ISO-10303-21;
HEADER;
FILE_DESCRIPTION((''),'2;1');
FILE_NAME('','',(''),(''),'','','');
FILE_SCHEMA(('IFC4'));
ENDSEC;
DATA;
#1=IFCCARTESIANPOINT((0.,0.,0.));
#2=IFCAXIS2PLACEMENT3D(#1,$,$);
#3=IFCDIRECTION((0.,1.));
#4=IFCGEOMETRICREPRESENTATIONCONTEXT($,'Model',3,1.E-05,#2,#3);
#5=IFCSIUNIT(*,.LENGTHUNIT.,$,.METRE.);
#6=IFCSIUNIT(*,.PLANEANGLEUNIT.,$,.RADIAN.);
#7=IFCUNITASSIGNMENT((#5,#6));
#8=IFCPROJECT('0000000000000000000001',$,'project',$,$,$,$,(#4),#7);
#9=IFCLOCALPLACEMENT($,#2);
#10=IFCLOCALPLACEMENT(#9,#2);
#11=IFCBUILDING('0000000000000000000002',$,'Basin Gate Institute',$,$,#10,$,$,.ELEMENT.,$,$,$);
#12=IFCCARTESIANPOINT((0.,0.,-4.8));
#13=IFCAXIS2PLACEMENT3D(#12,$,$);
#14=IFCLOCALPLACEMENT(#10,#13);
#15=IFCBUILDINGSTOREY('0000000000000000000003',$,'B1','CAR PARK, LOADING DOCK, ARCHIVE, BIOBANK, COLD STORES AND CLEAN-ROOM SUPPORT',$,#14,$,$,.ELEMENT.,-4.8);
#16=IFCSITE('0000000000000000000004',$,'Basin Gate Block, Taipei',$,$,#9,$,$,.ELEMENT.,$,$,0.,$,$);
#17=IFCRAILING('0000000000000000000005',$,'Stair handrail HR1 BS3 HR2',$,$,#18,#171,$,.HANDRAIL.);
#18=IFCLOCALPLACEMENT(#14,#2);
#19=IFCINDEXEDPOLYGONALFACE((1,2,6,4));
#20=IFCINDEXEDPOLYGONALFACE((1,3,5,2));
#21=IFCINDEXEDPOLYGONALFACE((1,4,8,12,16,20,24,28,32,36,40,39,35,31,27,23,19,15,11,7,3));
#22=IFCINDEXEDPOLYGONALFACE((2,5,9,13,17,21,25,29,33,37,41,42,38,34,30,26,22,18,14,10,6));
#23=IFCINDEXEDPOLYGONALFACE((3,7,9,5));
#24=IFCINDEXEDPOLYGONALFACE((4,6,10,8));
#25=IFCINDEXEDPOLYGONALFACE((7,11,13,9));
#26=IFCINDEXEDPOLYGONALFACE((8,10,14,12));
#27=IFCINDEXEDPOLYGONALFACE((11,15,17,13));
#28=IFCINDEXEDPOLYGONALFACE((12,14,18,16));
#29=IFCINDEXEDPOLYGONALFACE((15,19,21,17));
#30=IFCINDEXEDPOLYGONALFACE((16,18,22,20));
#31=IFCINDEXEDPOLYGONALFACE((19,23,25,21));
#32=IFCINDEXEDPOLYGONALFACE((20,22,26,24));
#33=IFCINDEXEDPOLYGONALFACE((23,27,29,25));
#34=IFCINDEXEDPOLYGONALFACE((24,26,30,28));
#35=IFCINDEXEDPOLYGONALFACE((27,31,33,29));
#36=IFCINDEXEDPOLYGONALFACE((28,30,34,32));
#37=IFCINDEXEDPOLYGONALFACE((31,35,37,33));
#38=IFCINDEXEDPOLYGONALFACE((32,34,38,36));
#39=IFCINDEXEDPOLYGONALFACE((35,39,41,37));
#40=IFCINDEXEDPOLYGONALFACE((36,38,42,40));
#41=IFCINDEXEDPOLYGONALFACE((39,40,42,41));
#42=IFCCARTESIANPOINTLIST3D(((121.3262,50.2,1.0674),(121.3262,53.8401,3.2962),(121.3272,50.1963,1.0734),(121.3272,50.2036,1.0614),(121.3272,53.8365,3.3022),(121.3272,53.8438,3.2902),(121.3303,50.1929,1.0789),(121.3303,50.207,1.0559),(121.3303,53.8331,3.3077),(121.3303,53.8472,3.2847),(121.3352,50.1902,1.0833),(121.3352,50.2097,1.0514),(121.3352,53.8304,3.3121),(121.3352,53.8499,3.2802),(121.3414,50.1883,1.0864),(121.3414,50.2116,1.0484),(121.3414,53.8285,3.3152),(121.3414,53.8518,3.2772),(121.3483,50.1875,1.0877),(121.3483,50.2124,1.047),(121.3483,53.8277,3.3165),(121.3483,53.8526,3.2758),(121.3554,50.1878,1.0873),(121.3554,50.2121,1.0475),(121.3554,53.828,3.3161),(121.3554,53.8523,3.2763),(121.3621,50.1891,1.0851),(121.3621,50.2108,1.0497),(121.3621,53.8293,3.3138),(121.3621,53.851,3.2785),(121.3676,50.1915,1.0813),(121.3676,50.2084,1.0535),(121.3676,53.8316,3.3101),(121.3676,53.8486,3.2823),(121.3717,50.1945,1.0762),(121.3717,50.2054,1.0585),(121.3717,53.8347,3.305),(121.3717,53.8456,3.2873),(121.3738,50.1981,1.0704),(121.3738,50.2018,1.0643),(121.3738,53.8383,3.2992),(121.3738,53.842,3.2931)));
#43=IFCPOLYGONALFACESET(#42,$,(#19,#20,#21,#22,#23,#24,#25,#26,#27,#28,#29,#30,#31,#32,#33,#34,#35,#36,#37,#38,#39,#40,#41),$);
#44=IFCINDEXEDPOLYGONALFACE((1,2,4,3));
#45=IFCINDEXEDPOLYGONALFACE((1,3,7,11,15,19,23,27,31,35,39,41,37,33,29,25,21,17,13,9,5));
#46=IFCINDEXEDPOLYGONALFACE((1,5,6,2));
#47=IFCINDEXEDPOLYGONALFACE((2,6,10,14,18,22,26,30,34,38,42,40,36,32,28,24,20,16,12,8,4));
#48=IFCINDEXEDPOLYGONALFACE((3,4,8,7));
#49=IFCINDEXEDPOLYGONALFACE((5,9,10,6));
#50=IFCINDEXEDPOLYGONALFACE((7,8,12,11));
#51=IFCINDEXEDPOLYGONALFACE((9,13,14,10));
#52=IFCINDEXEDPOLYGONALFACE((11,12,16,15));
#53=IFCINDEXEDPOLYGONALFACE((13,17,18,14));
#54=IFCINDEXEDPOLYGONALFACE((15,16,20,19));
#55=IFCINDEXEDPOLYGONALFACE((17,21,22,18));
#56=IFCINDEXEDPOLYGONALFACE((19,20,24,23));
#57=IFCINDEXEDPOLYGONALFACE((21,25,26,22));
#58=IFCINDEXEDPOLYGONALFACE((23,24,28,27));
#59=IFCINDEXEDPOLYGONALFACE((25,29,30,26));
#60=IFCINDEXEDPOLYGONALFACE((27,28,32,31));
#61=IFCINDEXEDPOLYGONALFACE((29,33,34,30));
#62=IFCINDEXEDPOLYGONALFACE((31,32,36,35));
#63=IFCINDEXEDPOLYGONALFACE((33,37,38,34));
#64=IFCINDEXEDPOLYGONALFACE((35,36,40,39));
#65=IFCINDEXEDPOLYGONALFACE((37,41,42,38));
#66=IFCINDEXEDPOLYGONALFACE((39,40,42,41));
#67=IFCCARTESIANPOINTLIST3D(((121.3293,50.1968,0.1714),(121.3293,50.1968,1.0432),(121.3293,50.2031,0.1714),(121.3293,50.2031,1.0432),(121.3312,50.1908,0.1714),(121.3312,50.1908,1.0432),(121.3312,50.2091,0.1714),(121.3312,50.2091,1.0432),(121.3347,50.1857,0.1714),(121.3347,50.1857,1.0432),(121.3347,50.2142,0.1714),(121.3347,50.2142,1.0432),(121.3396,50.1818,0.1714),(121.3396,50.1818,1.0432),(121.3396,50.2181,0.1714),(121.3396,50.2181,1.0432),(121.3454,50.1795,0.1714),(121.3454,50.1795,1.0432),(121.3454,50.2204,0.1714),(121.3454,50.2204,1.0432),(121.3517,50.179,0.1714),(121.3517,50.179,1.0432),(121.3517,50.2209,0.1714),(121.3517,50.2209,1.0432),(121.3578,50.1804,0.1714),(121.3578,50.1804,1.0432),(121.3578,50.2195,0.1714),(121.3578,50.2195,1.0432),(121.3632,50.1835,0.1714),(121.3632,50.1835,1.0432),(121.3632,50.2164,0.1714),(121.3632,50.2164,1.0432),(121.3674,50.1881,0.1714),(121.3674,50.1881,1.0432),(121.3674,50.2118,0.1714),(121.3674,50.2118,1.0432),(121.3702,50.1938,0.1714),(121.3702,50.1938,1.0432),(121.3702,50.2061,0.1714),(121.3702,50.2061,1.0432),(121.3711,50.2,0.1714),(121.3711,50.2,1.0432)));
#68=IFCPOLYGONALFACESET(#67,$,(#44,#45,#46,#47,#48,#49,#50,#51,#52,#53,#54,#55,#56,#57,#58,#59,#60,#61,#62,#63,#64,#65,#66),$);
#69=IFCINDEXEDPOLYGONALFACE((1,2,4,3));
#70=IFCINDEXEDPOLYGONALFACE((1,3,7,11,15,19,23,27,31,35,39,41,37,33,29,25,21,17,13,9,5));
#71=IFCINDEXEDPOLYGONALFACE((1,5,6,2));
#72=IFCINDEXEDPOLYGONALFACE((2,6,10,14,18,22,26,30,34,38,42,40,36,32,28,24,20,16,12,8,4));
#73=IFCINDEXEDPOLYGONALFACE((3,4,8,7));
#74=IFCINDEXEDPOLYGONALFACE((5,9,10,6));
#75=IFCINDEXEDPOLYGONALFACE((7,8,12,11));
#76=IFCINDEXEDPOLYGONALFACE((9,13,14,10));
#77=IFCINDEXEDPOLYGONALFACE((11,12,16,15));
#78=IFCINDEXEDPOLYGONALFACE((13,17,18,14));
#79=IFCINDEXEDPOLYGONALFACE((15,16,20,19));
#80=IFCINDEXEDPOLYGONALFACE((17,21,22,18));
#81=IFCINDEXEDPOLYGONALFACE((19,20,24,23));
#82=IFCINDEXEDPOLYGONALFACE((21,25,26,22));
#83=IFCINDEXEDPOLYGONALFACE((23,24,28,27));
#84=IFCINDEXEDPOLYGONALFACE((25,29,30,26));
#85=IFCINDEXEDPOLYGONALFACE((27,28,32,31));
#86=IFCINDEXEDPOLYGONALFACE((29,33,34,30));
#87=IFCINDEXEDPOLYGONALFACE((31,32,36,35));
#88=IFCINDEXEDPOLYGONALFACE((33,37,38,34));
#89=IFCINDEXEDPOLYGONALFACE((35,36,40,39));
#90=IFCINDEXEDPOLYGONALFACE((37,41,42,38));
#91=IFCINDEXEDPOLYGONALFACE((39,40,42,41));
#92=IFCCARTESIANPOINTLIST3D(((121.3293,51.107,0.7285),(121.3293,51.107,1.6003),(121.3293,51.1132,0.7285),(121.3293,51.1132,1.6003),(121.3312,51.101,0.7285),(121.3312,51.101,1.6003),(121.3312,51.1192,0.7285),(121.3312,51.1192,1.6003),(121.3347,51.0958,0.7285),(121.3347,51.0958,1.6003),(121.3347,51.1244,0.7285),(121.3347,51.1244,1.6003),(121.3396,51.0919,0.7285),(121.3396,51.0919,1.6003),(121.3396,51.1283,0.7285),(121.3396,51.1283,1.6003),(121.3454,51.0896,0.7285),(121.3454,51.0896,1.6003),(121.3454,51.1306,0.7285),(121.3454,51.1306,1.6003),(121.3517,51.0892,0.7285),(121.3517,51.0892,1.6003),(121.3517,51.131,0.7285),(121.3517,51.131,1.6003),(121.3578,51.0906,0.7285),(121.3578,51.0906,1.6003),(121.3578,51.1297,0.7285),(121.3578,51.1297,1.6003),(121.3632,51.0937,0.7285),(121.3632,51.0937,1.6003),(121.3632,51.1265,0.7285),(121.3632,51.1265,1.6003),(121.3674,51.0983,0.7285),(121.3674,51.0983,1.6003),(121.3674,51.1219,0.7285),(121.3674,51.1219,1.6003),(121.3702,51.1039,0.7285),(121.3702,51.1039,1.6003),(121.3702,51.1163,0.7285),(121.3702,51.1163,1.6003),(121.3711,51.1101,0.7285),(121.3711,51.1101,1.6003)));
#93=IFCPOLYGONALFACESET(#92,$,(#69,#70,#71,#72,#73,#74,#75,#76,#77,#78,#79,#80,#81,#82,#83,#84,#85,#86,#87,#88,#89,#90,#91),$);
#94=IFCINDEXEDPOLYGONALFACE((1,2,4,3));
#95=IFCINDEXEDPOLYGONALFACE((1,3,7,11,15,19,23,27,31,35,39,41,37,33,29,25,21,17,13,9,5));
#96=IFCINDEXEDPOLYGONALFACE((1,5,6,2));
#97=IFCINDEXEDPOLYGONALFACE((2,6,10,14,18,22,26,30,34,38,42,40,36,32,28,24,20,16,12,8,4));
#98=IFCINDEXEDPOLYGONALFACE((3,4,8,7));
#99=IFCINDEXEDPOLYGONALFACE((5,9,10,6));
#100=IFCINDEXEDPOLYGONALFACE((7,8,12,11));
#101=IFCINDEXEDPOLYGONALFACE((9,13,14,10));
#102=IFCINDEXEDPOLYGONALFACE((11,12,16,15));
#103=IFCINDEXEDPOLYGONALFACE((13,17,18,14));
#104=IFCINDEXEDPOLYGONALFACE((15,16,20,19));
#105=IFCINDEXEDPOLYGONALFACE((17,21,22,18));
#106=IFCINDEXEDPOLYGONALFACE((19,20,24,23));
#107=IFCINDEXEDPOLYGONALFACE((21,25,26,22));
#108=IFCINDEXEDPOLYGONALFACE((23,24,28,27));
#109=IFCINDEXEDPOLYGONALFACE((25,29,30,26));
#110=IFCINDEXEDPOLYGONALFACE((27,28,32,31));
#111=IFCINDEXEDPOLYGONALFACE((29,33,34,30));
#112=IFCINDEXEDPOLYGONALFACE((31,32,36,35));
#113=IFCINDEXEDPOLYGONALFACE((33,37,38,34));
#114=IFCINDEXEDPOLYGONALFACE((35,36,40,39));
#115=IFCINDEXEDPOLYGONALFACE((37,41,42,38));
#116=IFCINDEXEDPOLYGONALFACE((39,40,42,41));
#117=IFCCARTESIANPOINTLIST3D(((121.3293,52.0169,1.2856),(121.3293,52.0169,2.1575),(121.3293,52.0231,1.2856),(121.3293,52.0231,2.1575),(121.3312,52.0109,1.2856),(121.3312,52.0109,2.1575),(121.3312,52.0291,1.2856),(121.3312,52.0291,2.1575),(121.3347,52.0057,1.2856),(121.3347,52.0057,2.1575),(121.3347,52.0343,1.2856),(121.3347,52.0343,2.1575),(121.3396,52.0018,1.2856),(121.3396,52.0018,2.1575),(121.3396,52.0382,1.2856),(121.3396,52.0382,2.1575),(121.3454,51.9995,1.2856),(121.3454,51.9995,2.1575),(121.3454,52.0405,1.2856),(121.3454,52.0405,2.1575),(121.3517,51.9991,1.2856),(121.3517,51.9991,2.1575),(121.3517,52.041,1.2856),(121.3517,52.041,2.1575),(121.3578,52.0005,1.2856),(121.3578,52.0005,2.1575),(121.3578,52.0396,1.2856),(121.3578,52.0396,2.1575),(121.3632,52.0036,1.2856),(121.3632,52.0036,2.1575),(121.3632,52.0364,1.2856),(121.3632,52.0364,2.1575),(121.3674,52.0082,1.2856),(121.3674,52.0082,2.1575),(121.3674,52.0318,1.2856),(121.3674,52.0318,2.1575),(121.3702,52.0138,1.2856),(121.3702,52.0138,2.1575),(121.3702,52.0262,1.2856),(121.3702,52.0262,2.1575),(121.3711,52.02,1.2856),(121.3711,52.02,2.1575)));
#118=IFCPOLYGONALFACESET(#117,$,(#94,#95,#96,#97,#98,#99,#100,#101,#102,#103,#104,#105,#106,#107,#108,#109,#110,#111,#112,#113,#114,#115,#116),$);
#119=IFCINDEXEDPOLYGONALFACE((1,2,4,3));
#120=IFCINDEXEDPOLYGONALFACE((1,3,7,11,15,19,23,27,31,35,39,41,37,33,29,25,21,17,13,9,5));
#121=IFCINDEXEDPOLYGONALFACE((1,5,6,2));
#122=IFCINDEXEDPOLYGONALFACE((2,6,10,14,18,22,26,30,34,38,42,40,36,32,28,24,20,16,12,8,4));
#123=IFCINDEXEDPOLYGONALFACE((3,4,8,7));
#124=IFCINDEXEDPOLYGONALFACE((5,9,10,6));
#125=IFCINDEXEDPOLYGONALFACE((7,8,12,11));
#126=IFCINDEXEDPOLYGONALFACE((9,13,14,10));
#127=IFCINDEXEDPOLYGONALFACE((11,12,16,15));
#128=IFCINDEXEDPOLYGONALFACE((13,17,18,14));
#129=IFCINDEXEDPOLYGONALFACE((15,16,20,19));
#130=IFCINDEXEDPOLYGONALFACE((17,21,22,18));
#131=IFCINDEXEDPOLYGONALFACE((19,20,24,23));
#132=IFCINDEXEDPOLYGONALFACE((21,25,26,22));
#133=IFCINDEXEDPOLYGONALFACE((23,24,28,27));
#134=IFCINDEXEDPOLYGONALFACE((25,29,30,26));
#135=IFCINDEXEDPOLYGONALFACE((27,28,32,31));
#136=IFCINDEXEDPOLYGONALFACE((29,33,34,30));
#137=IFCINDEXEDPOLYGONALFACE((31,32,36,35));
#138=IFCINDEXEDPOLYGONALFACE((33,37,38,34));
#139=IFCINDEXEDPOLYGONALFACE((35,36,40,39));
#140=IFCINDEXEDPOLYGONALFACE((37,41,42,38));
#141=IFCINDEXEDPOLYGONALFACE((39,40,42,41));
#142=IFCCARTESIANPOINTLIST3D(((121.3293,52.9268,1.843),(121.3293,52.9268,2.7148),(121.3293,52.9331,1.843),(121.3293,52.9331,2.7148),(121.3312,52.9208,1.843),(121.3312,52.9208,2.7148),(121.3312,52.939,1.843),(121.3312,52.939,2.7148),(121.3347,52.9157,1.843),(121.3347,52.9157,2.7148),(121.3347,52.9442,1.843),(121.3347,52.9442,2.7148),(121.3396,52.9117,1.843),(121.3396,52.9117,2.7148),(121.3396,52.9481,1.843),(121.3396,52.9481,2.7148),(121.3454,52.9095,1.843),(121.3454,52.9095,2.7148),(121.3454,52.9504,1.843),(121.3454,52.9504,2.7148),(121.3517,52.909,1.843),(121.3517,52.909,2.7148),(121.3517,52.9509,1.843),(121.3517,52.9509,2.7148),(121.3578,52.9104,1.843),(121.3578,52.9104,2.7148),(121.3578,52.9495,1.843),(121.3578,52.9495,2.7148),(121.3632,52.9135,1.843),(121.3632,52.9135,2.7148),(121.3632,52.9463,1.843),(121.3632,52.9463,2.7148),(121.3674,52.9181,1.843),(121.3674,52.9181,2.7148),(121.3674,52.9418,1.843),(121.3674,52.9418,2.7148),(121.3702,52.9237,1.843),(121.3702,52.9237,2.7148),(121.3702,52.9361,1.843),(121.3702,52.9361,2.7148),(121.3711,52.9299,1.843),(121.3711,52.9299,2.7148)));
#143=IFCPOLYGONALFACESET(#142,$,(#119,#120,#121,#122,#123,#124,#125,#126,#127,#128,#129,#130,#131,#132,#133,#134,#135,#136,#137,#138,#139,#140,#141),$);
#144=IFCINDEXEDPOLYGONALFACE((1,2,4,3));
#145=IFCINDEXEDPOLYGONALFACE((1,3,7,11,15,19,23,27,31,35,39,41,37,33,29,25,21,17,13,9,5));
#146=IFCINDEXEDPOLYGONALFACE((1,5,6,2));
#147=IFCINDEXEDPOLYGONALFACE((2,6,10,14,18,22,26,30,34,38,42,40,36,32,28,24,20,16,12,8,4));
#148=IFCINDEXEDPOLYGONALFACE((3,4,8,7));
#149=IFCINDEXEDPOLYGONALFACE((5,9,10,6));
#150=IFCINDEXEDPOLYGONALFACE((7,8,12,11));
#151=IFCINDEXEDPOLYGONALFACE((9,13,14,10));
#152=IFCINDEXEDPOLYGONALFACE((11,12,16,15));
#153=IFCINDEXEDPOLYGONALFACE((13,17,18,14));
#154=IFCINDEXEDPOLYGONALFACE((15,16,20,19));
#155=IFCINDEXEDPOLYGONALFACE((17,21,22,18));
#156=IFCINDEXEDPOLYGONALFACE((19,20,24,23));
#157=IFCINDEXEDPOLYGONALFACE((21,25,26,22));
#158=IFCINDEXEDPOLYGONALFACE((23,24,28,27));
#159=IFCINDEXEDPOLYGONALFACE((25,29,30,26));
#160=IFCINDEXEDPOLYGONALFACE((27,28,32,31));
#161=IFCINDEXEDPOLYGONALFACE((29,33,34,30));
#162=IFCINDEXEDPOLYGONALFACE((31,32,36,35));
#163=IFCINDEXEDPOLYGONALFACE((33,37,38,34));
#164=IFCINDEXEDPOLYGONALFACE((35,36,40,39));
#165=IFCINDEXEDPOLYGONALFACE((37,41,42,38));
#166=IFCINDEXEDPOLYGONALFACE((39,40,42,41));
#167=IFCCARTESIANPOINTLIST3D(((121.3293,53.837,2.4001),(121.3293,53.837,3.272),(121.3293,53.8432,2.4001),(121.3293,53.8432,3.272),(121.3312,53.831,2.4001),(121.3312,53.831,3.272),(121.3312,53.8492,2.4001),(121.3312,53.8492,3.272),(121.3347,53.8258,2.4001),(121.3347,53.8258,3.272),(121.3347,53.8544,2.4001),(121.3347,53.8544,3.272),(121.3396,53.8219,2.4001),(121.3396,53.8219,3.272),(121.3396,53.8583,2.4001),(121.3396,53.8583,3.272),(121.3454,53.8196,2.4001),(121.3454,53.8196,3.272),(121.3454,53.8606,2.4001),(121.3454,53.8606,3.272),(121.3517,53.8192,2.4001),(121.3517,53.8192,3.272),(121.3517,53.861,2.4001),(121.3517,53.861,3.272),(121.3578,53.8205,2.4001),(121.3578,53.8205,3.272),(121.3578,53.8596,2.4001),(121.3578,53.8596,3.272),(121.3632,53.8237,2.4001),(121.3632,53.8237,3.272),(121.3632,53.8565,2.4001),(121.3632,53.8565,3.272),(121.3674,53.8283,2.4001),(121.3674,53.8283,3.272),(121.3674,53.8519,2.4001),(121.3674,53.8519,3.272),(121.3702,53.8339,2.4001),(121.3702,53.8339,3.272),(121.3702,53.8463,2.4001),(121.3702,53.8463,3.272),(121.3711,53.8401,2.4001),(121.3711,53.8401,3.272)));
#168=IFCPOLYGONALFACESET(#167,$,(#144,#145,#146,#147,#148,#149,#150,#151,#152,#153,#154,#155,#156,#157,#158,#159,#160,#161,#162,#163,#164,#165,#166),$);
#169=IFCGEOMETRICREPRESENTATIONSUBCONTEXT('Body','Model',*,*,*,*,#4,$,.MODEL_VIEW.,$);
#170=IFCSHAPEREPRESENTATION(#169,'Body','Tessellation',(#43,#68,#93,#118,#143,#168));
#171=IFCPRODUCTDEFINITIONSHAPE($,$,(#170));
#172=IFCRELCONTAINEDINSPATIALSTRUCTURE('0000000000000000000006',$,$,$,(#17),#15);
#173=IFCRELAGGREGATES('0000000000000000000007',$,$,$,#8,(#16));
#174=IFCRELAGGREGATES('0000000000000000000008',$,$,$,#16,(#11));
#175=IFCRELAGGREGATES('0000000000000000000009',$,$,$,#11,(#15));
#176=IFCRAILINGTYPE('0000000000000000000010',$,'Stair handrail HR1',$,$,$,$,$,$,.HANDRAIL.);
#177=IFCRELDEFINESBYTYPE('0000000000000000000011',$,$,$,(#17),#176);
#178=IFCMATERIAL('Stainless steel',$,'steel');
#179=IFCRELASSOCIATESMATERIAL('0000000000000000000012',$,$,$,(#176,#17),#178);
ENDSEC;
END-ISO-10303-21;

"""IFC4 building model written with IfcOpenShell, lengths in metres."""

from ifc_helpers import new_model, si_unit, direction, frame, origin, origin_2d, place, context, subcontext, project, spatial, circle, extrude, material, type_object, element, save


model = new_model("IFC4")

# Units and contexts
model_context = context("Model", 3, precision=1e-05, world=origin(), true_north=direction((0.0, 1.0)))
body_context = subcontext(model_context, "Body", "Model", "MODEL_VIEW")
ifc_project = project(units=[si_unit("LENGTHUNIT", "METRE"), si_unit("PLANEANGLEUNIT", "RADIAN")], contexts=[model_context])

# Site, building, storey
site_placement = place(None, origin())
site = spatial("IfcSite", under=ifc_project, at=site_placement, Name="Basin Gate Block, Taipei", CompositionType="ELEMENT", RefElevation=0.0)
building_placement = place(site_placement, origin())
building = spatial("IfcBuilding", under=site, at=building_placement, Name="Basin Gate Institute", CompositionType="ELEMENT")
storey_placement = place(building_placement, frame((0.0, 0.0, -4.8)))
storey = spatial("IfcBuildingStorey", under=building, at=storey_placement, Name="B1", Description="CAR PARK, LOADING DOCK, ARCHIVE, BIOBANK, COLD STORES AND CLEAN-ROOM SUPPORT", CompositionType="ELEMENT", Elevation=-4.8)

# Railing
ifc_material_1 = material(Name="Stainless steel", Category="steel")
railing_type_1 = type_object("IfcRailingType", Name="Stair handrail HR1", PredefinedType="HANDRAIL", material=ifc_material_1)
for number, where, name in (
    (1, (121.3501, 50.2, 0.1714), "Stair handrail HR1 BS3 HR2"),
):
    element("IfcRailing", number, at=place(storey_placement, frame(where)), inside=storey, type_object=railing_type_1, material=ifc_material_1, Name=name, PredefinedType="HANDRAIL", context=body_context, shape_type="SweptSolid", body=[
        extrude(circle(Radius=0.0239, at=origin_2d()), frame((0.0, 0.0, 0.896), z_axis=(0.0, 0.85284, 0.522172), x_axis=(-1.0, 0.0, 0.0)), (0.0, 0.0, 1.0), 4.2683),
        extrude(circle(Radius=0.021, at=origin_2d()), origin(), (0.0, 0.0, 1.0), 0.8718),
        extrude(circle(Radius=0.021, at=origin_2d()), frame((0.0, 0.9102, 0.5571)), (0.0, 0.0, 1.0), 0.8718),
        extrude(circle(Radius=0.021, at=origin_2d()), frame((0.0, 1.8201, 1.1143)), (0.0, 0.0, 1.0), 0.8718),
        extrude(circle(Radius=0.021, at=origin_2d()), frame((0.0, 2.73, 1.6716)), (0.0, 0.0, 1.0), 0.8718),
        extrude(circle(Radius=0.021, at=origin_2d()), frame((0.0, 3.6401, 2.2288)), (0.0, 0.0, 1.0), 0.8718),
    ])

save(model, "model.ifc")
